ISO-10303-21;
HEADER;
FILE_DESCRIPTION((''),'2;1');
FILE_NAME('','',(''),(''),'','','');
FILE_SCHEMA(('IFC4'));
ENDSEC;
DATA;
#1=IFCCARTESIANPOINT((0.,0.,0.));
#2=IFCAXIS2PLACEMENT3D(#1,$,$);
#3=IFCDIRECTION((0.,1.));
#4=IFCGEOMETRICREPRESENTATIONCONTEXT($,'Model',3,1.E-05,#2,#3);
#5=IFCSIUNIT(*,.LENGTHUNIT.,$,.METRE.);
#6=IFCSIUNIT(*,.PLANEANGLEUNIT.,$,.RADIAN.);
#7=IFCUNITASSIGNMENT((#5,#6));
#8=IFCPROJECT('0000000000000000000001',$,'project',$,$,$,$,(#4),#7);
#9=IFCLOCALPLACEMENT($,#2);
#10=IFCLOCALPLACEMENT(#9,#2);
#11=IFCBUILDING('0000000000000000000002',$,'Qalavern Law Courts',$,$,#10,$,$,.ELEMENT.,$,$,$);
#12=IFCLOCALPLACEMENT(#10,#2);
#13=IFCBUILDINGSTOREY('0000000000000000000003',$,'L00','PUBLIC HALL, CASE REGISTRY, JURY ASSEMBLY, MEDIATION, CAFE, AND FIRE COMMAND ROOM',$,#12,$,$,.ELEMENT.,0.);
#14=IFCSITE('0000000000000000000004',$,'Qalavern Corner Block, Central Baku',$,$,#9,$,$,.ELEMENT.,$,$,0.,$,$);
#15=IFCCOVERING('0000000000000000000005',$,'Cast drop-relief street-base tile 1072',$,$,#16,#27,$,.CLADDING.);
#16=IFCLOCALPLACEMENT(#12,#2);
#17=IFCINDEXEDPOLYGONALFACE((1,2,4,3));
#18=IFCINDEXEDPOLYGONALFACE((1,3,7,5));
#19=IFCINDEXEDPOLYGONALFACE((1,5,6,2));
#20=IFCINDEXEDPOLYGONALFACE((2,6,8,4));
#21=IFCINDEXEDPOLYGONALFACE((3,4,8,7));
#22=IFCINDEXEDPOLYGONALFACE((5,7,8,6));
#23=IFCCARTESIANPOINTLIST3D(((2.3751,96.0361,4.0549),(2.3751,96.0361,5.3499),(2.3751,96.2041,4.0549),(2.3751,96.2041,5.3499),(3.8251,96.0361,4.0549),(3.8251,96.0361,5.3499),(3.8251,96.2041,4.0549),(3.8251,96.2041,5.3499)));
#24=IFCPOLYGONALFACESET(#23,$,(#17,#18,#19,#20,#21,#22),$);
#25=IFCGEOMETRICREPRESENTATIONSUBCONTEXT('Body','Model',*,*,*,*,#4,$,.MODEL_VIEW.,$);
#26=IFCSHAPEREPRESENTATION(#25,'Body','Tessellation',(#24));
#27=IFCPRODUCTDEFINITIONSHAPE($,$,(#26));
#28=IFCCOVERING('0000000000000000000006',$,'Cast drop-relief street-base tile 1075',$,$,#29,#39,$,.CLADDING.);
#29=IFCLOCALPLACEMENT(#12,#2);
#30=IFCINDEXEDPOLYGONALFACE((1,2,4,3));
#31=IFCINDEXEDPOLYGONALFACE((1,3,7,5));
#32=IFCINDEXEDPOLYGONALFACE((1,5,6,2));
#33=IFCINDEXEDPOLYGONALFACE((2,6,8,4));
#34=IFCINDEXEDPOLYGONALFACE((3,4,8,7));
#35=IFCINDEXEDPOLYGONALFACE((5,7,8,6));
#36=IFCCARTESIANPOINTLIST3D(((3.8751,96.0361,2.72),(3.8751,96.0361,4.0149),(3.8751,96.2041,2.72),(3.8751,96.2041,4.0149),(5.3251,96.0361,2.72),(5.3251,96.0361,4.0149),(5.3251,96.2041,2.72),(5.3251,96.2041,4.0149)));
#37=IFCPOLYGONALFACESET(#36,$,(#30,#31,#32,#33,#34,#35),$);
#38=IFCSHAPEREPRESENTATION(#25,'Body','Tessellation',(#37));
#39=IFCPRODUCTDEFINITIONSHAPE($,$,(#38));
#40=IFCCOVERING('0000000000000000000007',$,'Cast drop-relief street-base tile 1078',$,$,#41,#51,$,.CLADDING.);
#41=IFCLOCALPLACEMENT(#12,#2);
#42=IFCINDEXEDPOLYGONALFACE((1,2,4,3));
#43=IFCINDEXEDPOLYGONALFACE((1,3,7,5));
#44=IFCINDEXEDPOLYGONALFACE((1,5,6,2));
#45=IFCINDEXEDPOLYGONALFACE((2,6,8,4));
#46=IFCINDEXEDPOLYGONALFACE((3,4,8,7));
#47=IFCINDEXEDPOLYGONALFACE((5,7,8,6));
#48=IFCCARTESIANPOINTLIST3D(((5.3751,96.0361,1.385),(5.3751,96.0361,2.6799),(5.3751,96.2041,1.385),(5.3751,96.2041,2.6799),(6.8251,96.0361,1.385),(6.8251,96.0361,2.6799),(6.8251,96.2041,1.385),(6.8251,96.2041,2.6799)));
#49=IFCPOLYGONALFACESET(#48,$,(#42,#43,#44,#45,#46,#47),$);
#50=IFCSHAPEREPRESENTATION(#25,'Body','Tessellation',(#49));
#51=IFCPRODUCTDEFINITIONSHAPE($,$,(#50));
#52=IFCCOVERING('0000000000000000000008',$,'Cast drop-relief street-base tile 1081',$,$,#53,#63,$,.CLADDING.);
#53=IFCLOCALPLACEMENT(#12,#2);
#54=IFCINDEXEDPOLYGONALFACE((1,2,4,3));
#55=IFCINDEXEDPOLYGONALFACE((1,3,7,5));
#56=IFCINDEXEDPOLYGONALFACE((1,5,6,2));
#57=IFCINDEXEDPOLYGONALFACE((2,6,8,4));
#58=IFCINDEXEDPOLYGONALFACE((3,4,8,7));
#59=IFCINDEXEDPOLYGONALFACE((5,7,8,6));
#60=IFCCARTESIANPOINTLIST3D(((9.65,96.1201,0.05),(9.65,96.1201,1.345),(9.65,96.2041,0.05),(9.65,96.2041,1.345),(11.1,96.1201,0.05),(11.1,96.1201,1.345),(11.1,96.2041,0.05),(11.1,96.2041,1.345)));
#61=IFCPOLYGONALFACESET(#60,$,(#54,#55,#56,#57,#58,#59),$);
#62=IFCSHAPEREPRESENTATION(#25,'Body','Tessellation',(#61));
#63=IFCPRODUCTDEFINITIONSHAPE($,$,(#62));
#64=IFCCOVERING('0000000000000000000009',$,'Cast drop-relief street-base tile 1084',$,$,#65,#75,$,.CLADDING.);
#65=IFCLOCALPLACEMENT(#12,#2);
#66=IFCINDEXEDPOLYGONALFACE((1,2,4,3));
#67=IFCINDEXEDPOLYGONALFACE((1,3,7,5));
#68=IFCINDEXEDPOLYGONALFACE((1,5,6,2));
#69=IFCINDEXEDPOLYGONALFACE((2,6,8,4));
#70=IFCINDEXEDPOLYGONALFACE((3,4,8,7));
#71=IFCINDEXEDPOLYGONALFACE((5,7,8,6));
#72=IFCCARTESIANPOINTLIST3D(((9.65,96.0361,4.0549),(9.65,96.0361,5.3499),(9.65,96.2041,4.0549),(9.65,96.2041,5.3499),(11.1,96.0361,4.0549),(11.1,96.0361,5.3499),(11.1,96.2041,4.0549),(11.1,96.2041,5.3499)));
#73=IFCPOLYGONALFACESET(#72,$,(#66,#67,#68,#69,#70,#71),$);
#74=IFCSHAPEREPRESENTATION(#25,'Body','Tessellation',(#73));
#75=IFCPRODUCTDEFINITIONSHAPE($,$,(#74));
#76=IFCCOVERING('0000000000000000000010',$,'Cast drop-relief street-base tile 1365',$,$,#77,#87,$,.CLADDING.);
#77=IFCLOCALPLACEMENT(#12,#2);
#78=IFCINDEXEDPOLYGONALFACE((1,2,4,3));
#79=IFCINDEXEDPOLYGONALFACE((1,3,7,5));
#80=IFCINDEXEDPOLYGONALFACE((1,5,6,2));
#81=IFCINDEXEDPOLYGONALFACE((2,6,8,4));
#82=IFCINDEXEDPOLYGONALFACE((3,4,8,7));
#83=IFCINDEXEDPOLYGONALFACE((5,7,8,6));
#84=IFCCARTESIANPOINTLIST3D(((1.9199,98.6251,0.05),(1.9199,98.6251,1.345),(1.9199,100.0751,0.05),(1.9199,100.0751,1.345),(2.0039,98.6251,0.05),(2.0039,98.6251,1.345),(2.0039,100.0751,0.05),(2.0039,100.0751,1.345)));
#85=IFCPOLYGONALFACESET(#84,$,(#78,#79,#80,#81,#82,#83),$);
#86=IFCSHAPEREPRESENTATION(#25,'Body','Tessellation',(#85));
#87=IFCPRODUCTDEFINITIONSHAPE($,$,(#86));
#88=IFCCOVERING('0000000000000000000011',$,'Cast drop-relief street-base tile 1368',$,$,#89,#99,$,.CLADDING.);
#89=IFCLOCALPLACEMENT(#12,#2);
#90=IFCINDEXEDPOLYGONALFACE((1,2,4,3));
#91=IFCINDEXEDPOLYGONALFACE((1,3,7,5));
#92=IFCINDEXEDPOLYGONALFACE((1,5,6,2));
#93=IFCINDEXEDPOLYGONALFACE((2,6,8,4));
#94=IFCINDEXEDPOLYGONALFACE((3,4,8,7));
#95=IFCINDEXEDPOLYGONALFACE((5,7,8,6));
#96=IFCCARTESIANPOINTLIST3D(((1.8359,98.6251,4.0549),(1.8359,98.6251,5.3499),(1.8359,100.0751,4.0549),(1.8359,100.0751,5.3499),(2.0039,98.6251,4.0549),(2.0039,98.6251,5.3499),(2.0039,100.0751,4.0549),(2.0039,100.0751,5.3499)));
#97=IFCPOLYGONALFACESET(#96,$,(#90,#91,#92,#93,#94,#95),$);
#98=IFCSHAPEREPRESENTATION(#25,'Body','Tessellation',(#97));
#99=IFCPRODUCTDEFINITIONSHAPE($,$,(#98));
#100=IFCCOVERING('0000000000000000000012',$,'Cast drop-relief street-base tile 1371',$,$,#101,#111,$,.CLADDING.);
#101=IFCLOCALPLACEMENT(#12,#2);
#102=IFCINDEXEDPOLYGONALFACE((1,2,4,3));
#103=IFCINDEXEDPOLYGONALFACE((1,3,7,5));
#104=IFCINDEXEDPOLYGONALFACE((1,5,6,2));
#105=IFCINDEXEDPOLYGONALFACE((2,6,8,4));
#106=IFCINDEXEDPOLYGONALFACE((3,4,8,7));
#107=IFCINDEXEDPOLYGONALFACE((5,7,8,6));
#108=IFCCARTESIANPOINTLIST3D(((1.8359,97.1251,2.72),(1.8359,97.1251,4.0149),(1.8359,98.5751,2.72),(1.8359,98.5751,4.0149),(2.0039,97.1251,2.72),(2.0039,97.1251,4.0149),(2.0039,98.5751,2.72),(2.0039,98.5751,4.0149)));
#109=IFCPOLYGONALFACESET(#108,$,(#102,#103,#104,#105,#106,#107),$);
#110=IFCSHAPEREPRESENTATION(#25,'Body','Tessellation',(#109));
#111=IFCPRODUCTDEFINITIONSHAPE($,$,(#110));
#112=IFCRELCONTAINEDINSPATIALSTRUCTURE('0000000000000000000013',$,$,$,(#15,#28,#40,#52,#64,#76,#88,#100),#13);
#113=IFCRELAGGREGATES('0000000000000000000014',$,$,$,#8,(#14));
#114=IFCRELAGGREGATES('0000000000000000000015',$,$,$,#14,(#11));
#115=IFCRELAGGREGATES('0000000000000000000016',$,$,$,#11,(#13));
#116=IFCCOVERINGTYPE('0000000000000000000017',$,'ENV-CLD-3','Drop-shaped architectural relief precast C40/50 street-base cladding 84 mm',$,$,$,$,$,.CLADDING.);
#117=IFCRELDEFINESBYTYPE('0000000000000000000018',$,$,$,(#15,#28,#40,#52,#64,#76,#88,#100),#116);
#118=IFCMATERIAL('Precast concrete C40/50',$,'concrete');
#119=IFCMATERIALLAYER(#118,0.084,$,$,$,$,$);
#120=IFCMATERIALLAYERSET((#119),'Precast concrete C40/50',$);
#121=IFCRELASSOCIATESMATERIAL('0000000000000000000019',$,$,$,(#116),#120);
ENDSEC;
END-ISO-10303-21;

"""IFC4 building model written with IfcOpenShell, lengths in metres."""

from ifc_helpers import new_model, si_unit, direction, frame, origin, origin_2d, place, context, subcontext, project, spatial, rectangle, extrude, material, layer, layer_set, type_object, element, save


model = new_model("IFC4")

# Units and contexts
model_context = context("Model", 3, precision=1e-05, world=origin(), true_north=direction((0.0, 1.0)))
body_context = subcontext(model_context, "Body", "Model", "MODEL_VIEW")
ifc_project = project(units=[si_unit("LENGTHUNIT", "METRE"), si_unit("PLANEANGLEUNIT", "RADIAN")], contexts=[model_context])

# Site, building, storey
site_placement = place(None, origin())
site = spatial("IfcSite", under=ifc_project, at=site_placement, Name="Qalavern Corner Block, Central Baku", CompositionType="ELEMENT", RefElevation=0.0)
building_placement = place(site_placement, origin())
building = spatial("IfcBuilding", under=site, at=building_placement, Name="Qalavern Law Courts", CompositionType="ELEMENT")
storey_placement = place(building_placement, origin())
storey = spatial("IfcBuildingStorey", under=building, at=storey_placement, Name="L00", Description="PUBLIC HALL, CASE REGISTRY, JURY ASSEMBLY, MEDIATION, CAFE, AND FIRE COMMAND ROOM", CompositionType="ELEMENT", Elevation=0.0)

# Coverings
ifc_material_1 = material(Name="Precast concrete C40/50", Category="concrete")
ifc_layer_1 = layer(ifc_material_1, 0.084)
ifc_layer_set_1 = layer_set([ifc_layer_1], Name="Precast concrete C40/50")
covering_type_1 = type_object("IfcCoveringType", Name="ENV-CLD-3", Description="Drop-shaped architectural relief precast C40/50 street-base cladding 84 mm", PredefinedType="CLADDING", material=ifc_layer_set_1)
for number, where, z_axis, x_axis, name in (
    (1, (3.1001, 96.1201, 4.0549), (0.0, 0.0, 1.0), (1.0, 0.0, 0.0), "Cast drop-relief street-base tile 1072"),
    (2, (4.6001, 96.1201, 2.72), (0.0, 0.0, 1.0), (1.0, 0.0, 0.0), "Cast drop-relief street-base tile 1075"),
    (3, (6.1001, 96.1201, 1.385), (0.0, 0.0, 1.0), (1.0, 0.0, 0.0), "Cast drop-relief street-base tile 1078"),
):
    element("IfcCovering", number, at=place(storey_placement, frame(where, z_axis=z_axis, x_axis=x_axis)), inside=storey, type_object=covering_type_1, Name=name, PredefinedType="CLADDING", context=body_context, shape_type="SweptSolid", body=[
        extrude(rectangle(XDim=1.45, YDim=0.168, at=origin_2d()), origin(), (0.0, 0.0, 1.0), 1.2949),
    ])
covering_1_placement = place(storey_placement, frame((10.375, 96.1621, 0.05), z_axis=(0.0, 0.0, 1.0), x_axis=(1.0, 0.0, 0.0)))
element("IfcCovering", 4, at=covering_1_placement, inside=storey, type_object=covering_type_1, Name="Cast drop-relief street-base tile 1081", PredefinedType="CLADDING", context=body_context, shape_type="SweptSolid", body=[
    extrude(rectangle(XDim=1.45, YDim=0.084, at=origin_2d()), origin(), (0.0, 0.0, 1.0), 1.2949),
])
covering_2_placement = place(storey_placement, frame((10.375, 96.1201, 4.0549), z_axis=(0.0, 0.0, 1.0), x_axis=(1.0, 0.0, 0.0)))
element("IfcCovering", 5, at=covering_2_placement, inside=storey, type_object=covering_type_1, Name="Cast drop-relief street-base tile 1084", PredefinedType="CLADDING", context=body_context, shape_type="SweptSolid", body=[
    extrude(rectangle(XDim=1.45, YDim=0.168, at=origin_2d()), origin(), (0.0, 0.0, 1.0), 1.2949),
])
covering_3_placement = place(storey_placement, frame((1.9619, 99.3501, 0.05), z_axis=(0.0, 0.0, 1.0), x_axis=(0.0, -1.0, 0.0)))
element("IfcCovering", 6, at=covering_3_placement, inside=storey, type_object=covering_type_1, Name="Cast drop-relief street-base tile 1365", PredefinedType="CLADDING", context=body_context, shape_type="SweptSolid", body=[
    extrude(rectangle(XDim=1.45, YDim=0.084, at=origin_2d()), origin(), (0.0, 0.0, 1.0), 1.2949),
])
for number, where, z_axis, x_axis, name in (
    (7, (1.9199, 99.3501, 4.0549), (0.0, 0.0, 1.0), (0.0, -1.0, 0.0), "Cast drop-relief street-base tile 1368"),
    (8, (1.9199, 97.8501, 2.72), (0.0, 0.0, 1.0), (0.0, -1.0, 0.0), "Cast drop-relief street-base tile 1371"),
):
    element("IfcCovering", number, at=place(storey_placement, frame(where, z_axis=z_axis, x_axis=x_axis)), inside=storey, type_object=covering_type_1, Name=name, PredefinedType="CLADDING", context=body_context, shape_type="SweptSolid", body=[
        extrude(rectangle(XDim=1.45, YDim=0.168, at=origin_2d()), origin(), (0.0, 0.0, 1.0), 1.2949),
    ])

save(model, "model.ifc")
